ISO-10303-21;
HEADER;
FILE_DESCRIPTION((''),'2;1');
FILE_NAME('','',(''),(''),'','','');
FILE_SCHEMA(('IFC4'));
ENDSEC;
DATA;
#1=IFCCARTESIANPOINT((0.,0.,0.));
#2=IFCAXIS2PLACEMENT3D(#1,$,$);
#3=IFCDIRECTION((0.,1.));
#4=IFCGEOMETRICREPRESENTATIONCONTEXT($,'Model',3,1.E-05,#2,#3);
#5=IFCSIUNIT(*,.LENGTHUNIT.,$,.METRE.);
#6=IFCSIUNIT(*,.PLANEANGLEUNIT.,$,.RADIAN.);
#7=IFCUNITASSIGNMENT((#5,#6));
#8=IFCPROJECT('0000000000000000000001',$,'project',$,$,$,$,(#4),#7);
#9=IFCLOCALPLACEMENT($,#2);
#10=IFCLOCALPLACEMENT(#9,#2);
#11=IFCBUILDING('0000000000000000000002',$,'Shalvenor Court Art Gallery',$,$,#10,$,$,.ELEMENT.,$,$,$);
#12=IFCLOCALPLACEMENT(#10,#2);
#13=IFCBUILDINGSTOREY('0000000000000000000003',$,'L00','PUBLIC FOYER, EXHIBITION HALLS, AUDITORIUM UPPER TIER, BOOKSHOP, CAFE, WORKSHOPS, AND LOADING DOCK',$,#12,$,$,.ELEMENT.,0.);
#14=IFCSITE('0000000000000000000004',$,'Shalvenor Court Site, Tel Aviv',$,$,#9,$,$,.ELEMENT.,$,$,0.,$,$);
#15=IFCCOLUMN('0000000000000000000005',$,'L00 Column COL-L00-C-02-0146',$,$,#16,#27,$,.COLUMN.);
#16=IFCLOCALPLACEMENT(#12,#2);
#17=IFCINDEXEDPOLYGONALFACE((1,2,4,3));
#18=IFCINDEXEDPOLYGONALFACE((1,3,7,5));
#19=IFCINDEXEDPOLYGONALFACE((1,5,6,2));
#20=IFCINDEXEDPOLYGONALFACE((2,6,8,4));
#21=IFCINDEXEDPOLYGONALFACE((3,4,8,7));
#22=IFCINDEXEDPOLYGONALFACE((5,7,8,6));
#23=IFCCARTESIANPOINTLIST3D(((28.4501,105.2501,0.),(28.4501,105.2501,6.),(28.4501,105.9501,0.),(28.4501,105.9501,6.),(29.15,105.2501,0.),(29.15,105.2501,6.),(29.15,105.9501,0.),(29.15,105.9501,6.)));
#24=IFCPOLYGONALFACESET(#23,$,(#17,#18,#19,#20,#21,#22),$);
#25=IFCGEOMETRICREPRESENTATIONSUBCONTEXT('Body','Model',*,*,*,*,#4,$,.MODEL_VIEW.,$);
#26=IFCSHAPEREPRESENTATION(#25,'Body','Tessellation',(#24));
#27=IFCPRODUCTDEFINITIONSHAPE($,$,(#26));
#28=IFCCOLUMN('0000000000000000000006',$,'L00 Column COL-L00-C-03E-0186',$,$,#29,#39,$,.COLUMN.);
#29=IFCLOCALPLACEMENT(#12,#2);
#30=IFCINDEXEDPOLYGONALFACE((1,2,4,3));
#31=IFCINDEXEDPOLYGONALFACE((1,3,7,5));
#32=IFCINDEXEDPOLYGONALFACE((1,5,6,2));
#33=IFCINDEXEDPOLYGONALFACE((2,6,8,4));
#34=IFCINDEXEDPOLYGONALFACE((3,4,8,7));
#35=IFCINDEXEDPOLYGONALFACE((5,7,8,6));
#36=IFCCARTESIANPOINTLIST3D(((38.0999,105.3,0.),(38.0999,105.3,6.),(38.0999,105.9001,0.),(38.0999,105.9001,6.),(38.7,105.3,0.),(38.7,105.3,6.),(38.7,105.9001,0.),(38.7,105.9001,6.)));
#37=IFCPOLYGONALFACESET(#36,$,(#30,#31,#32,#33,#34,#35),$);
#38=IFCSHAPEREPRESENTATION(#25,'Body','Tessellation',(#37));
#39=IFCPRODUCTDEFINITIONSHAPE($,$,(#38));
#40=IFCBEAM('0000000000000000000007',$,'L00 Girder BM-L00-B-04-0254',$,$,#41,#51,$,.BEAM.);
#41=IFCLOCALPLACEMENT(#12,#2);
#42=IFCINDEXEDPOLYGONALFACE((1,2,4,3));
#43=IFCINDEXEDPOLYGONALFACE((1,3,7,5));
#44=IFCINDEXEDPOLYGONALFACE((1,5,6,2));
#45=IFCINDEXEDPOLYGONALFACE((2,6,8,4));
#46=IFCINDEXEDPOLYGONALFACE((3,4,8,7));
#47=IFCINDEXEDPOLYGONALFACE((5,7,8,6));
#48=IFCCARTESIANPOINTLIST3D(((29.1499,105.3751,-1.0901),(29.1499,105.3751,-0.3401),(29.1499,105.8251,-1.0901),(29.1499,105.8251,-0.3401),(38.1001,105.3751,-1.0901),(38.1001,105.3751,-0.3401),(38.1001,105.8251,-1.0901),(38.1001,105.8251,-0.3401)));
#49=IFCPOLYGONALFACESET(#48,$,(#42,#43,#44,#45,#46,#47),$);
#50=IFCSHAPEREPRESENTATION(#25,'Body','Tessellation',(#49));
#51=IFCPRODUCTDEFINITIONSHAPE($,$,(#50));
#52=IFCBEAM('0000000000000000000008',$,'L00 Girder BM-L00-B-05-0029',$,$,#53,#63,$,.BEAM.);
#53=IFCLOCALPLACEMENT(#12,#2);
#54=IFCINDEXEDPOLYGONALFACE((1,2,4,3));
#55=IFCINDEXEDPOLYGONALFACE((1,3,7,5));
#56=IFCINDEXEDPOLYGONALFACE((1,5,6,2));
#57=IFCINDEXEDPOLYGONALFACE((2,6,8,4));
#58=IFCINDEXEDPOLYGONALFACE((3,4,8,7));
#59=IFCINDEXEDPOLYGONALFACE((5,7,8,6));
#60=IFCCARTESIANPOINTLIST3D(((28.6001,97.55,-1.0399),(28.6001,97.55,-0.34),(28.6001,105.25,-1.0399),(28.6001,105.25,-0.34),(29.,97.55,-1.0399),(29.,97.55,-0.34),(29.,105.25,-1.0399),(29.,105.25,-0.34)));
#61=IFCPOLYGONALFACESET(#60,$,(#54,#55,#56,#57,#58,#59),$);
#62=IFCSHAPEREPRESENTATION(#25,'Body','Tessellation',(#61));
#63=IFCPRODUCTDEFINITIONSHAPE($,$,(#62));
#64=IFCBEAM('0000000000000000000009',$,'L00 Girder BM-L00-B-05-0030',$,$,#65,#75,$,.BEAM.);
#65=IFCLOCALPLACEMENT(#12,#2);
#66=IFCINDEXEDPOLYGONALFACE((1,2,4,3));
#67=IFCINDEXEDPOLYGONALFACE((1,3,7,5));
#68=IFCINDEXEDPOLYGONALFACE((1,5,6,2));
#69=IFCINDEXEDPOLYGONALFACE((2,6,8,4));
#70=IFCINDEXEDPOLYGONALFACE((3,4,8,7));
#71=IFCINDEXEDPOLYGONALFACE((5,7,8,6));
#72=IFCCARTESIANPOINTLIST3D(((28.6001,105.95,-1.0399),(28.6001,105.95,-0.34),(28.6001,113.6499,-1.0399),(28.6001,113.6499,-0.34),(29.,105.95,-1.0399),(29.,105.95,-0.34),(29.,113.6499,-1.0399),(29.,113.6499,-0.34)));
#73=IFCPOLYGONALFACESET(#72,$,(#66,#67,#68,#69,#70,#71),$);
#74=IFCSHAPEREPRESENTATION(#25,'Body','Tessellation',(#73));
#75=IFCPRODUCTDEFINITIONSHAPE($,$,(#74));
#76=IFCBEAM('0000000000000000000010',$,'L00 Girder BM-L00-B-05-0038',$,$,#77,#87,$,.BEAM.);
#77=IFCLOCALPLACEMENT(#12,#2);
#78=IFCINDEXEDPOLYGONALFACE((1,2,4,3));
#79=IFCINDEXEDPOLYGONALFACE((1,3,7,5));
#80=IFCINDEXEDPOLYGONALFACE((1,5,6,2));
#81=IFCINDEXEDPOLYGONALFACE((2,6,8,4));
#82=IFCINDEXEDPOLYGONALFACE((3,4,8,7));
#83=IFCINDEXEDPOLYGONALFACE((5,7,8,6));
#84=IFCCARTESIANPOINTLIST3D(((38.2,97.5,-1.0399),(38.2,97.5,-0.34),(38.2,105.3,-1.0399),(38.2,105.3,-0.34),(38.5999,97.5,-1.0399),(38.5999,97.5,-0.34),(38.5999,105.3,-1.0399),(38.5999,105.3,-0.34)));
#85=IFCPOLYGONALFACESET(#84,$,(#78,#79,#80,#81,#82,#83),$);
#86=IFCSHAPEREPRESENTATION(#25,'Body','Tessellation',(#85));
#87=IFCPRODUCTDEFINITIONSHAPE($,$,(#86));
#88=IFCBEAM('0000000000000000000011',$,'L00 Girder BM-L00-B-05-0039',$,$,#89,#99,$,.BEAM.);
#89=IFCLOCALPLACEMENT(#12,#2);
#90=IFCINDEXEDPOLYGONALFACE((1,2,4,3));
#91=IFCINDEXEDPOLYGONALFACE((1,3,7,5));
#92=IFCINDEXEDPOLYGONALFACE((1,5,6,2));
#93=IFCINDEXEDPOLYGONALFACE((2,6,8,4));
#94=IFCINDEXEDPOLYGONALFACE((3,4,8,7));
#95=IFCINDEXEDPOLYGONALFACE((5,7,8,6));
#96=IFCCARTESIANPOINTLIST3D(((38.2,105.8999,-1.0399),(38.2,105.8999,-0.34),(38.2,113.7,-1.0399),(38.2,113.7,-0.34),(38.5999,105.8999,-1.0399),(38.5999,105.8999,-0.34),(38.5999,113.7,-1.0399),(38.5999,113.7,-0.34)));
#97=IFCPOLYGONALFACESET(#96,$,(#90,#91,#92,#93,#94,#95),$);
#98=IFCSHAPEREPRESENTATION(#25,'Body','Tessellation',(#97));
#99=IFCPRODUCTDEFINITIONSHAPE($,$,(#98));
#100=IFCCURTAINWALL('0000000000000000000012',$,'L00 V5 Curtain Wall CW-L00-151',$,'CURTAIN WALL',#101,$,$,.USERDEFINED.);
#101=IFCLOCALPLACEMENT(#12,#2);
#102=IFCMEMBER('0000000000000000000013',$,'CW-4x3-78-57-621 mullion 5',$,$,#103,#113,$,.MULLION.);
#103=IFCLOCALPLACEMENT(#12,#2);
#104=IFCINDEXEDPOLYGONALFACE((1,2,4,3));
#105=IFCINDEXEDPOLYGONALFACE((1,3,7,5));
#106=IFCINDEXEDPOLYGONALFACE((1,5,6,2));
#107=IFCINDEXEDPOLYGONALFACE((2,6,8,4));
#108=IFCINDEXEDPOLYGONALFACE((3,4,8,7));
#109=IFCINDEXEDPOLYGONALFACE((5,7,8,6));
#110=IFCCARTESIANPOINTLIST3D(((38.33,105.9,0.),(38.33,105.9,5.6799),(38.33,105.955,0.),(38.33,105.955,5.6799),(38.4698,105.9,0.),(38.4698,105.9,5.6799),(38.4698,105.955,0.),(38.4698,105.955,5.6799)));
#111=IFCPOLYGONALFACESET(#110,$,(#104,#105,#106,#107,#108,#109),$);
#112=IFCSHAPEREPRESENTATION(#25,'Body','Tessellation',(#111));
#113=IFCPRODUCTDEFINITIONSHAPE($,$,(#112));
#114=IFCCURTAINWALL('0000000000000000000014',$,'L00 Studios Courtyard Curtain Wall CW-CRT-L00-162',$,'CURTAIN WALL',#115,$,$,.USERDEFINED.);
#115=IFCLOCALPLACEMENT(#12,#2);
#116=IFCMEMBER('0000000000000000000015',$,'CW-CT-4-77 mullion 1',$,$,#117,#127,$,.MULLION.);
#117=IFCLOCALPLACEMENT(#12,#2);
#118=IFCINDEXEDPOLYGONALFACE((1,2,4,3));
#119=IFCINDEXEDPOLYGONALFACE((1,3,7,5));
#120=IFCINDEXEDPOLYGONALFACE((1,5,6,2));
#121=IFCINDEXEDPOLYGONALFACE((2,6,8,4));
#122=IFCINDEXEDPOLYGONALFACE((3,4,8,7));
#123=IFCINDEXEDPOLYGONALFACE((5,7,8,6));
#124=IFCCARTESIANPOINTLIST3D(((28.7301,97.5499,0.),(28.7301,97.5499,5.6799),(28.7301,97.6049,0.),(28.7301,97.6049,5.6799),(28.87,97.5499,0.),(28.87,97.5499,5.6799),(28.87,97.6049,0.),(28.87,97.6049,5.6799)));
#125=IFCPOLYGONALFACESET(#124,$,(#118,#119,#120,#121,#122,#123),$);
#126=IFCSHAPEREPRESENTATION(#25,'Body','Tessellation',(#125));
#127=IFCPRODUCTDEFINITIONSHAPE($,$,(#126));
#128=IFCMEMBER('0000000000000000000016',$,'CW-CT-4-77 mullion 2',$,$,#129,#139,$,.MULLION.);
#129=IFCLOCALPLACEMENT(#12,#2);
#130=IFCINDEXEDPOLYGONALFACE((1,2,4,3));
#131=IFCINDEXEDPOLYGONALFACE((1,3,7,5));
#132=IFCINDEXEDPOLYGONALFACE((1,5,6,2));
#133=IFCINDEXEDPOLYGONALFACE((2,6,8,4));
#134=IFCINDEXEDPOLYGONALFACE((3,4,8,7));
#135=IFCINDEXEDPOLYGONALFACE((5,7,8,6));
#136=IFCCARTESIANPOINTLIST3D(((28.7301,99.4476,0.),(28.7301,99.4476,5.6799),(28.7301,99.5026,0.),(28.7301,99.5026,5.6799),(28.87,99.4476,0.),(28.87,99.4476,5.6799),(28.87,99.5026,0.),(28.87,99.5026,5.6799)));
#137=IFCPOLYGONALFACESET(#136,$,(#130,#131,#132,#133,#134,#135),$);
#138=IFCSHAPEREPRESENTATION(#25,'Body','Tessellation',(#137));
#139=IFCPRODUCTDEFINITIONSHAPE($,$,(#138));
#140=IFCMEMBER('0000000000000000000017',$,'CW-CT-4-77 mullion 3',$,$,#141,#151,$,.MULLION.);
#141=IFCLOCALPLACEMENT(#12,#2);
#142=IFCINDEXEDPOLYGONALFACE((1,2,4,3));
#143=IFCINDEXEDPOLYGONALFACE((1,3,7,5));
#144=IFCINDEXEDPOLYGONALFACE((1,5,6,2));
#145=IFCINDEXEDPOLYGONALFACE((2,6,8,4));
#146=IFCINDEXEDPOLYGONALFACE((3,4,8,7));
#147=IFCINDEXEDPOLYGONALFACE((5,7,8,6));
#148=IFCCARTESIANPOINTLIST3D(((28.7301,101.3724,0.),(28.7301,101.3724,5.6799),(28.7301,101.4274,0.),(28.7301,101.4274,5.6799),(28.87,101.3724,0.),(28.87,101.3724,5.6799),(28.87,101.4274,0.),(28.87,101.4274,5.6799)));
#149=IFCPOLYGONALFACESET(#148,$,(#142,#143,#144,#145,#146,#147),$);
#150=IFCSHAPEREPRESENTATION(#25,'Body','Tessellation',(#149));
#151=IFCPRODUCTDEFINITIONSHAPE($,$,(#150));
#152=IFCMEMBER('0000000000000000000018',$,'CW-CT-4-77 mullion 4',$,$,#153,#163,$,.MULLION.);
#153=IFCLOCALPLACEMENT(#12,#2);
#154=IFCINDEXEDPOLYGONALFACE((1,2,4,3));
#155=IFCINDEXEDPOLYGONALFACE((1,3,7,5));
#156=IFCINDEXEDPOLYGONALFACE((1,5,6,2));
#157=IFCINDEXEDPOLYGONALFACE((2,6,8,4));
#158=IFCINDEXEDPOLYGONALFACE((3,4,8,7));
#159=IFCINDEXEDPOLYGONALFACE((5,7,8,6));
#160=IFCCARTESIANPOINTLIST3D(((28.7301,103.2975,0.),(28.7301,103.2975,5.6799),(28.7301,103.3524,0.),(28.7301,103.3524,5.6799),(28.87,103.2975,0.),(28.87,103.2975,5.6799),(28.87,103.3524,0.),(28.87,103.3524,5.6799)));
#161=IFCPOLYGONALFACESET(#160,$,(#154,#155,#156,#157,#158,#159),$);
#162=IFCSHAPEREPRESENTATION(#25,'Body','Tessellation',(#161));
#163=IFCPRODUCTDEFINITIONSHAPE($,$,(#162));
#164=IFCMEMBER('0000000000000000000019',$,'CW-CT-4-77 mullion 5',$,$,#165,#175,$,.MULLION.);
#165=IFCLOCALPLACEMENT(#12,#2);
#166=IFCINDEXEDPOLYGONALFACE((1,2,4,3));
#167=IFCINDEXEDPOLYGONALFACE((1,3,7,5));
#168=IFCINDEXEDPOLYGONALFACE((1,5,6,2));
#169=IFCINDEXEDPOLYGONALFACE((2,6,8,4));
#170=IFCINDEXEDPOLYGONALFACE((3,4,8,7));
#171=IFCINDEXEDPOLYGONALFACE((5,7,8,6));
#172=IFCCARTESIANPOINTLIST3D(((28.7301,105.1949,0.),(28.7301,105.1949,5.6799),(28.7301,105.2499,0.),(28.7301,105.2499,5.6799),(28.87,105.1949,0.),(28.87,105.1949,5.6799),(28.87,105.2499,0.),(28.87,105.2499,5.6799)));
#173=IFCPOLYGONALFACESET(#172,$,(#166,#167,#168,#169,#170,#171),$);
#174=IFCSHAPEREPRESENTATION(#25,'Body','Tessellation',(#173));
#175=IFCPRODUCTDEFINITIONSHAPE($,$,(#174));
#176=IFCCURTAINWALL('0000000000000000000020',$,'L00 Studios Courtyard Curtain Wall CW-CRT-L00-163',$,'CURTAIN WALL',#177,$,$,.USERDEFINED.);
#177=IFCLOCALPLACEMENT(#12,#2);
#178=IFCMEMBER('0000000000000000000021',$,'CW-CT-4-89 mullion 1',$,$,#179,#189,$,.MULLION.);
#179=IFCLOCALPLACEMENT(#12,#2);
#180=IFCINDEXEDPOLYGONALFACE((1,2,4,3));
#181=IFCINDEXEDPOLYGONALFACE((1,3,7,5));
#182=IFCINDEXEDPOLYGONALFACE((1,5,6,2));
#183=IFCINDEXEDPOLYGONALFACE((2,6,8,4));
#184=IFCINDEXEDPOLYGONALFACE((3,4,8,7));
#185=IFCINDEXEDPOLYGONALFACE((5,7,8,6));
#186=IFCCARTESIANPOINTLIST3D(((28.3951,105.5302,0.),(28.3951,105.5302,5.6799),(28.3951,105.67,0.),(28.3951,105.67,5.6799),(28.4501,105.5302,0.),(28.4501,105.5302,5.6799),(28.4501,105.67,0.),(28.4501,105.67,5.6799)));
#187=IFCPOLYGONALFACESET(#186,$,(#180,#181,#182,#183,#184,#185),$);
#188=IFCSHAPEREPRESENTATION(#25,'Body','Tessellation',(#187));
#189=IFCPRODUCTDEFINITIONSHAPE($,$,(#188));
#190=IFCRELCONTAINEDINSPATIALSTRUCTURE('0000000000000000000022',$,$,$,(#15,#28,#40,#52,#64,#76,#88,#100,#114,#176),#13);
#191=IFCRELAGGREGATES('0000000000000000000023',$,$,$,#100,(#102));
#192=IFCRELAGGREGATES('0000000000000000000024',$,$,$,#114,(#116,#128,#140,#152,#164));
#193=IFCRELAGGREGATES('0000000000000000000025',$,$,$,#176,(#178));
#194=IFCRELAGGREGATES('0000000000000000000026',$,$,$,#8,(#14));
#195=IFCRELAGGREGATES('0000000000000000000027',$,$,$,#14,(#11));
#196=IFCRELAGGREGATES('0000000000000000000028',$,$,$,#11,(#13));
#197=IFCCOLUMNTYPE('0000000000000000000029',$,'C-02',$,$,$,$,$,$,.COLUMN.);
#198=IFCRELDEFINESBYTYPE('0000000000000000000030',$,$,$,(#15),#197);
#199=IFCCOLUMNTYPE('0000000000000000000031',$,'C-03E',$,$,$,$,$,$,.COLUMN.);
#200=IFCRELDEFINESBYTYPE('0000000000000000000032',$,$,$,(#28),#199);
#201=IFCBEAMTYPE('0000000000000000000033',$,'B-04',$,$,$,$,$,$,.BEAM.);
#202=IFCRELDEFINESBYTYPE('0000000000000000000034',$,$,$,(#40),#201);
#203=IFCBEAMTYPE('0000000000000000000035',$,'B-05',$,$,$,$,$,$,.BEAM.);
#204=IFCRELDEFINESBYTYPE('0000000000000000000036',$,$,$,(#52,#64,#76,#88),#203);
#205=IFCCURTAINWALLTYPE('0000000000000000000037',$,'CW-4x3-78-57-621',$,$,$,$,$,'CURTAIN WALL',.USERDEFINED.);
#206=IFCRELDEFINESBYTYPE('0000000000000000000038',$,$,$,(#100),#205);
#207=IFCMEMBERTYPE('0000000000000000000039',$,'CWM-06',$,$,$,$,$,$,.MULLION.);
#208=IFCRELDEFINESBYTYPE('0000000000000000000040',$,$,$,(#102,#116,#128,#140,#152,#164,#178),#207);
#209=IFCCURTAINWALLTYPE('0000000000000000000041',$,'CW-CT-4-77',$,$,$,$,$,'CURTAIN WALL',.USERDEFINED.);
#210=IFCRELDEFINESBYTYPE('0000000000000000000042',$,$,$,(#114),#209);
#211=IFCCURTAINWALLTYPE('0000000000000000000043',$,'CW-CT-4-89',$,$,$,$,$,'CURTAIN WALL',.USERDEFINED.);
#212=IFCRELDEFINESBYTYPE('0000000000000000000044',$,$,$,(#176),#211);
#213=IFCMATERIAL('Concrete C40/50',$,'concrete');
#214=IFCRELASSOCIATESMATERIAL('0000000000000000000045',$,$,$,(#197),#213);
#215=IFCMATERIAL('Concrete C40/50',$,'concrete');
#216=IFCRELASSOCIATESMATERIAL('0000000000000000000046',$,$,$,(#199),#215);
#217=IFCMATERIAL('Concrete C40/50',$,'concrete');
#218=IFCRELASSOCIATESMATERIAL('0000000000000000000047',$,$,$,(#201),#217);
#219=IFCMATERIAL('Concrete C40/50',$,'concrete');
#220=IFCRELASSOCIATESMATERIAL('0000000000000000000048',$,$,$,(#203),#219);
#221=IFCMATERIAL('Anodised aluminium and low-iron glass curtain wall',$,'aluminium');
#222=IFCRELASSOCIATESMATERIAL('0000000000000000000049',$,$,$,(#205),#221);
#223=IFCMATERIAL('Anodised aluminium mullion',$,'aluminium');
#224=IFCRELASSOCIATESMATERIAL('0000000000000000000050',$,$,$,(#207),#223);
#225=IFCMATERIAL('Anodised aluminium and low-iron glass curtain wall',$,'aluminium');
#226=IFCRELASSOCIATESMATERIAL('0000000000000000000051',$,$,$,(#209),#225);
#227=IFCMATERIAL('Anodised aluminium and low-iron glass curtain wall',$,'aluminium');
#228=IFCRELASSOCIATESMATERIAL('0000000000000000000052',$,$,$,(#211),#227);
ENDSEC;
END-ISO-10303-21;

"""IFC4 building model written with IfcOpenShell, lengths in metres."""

from ifc_helpers import new_model, si_unit, direction, frame, origin, origin_2d, place, context, subcontext, project, spatial, rectangle, extrude, material, material_profile, profile_set, type_object, element, aggregate, save


model = new_model("IFC4")

# Units and contexts
model_context = context("Model", 3, precision=1e-05, world=origin(), true_north=direction((0.0, 1.0)))
body_context = subcontext(model_context, "Body", "Model", "MODEL_VIEW")
ifc_project = project(units=[si_unit("LENGTHUNIT", "METRE"), si_unit("PLANEANGLEUNIT", "RADIAN")], contexts=[model_context])

# Site, building, storey
site_placement = place(None, origin())
site = spatial("IfcSite", under=ifc_project, at=site_placement, Name="Shalvenor Court Site, Tel Aviv", CompositionType="ELEMENT", RefElevation=0.0)
building_placement = place(site_placement, origin())
building = spatial("IfcBuilding", under=site, at=building_placement, Name="Shalvenor Court Art Gallery", CompositionType="ELEMENT")
storey_placement = place(building_placement, origin())
storey = spatial("IfcBuildingStorey", under=building, at=storey_placement, Name="L00", Description="PUBLIC FOYER, EXHIBITION HALLS, AUDITORIUM UPPER TIER, BOOKSHOP, CAFE, WORKSHOPS, AND LOADING DOCK", CompositionType="ELEMENT", Elevation=0.0)

# Columns
ifc_material_1 = material(Name="Concrete C40/50", Category="concrete")
ifc_material_profile_1 = material_profile(ifc_material_1, rectangle(XDim=0.7, YDim=0.7, at=origin_2d()), Name="RC 700x700")
ifc_profile_set_1 = profile_set([ifc_material_profile_1], Name="Concrete C40/50")
column_type_1 = type_object("IfcColumnType", Name="C-02", PredefinedType="COLUMN", material=ifc_profile_set_1)
column_1_placement = place(storey_placement, frame((28.8, 105.6001, 0.0), z_axis=(0.0, 0.0, 1.0), x_axis=(1.0, 0.0, 0.0)))
element("IfcColumn", 1, at=column_1_placement, inside=storey, type_object=column_type_1, Name="L00 Column COL-L00-C-02-0146", PredefinedType="COLUMN", context=body_context, shape_type="SweptSolid", body=[
    extrude(rectangle(XDim=0.7, YDim=0.7, at=origin_2d()), origin(), (0.0, 0.0, 1.0), 6.0),
])
ifc_material_2 = material(Name="Concrete C40/50", Category="concrete")
ifc_material_profile_2 = material_profile(ifc_material_2, rectangle(XDim=0.6001, YDim=0.6001, at=origin_2d()), Name="RC 600x600")
ifc_profile_set_2 = profile_set([ifc_material_profile_2], Name="Concrete C40/50")
column_type_2 = type_object("IfcColumnType", Name="C-03E", PredefinedType="COLUMN", material=ifc_profile_set_2)
column_2_placement = place(storey_placement, frame((38.3999, 105.6001, 0.0), z_axis=(0.0, 0.0, 1.0), x_axis=(1.0, 0.0, 0.0)))
element("IfcColumn", 2, at=column_2_placement, inside=storey, type_object=column_type_2, Name="L00 Column COL-L00-C-03E-0186", PredefinedType="COLUMN", context=body_context, shape_type="SweptSolid", body=[
    extrude(rectangle(XDim=0.6001, YDim=0.6001, at=origin_2d()), origin(), (0.0, 0.0, 1.0), 6.0),
])

# Beams
ifc_material_3 = material(Name="Concrete C40/50", Category="concrete")
ifc_material_profile_3 = material_profile(ifc_material_3, rectangle(XDim=0.45, YDim=0.75, at=origin_2d()), Name="RC 450x750")
ifc_profile_set_3 = profile_set([ifc_material_profile_3], Name="Concrete C40/50")
beam_type_1 = type_object("IfcBeamType", Name="B-04", PredefinedType="BEAM", material=ifc_profile_set_3)
beam_1_placement = place(storey_placement, frame((29.1499, 105.6001, -0.7151), z_axis=(1.0, 0.0, 0.0), x_axis=(0.0, 1.0, 0.0)))
element("IfcBeam", 3, at=beam_1_placement, inside=storey, type_object=beam_type_1, Name="L00 Girder BM-L00-B-04-0254", PredefinedType="BEAM", context=body_context, shape_type="SweptSolid", body=[
    extrude(rectangle(XDim=0.45, YDim=0.75, at=origin_2d()), origin(), (0.0, 0.0, 1.0), 8.9502),
])
ifc_material_4 = material(Name="Concrete C40/50", Category="concrete")
ifc_material_profile_4 = material_profile(ifc_material_4, rectangle(XDim=0.3999, YDim=0.7, at=origin_2d()), Name="RC 400x700")
ifc_profile_set_4 = profile_set([ifc_material_profile_4], Name="Concrete C40/50")
beam_type_2 = type_object("IfcBeamType", Name="B-05", PredefinedType="BEAM", material=ifc_profile_set_4)
for number, where, z_axis, x_axis, name in (
    (4, (28.8, 97.55, -0.6899), (0.0, 1.0, 0.0), (-1.0, 0.0, 0.0), "L00 Girder BM-L00-B-05-0029"),
    (5, (28.8, 105.95, -0.6899), (0.0, 1.0, 0.0), (-1.0, 0.0, 0.0), "L00 Girder BM-L00-B-05-0030"),
):
    element("IfcBeam", number, at=place(storey_placement, frame(where, z_axis=z_axis, x_axis=x_axis)), inside=storey, type_object=beam_type_2, Name=name, PredefinedType="BEAM", context=body_context, shape_type="SweptSolid", body=[
        extrude(rectangle(XDim=0.3999, YDim=0.7, at=origin_2d()), origin(), (0.0, 0.0, 1.0), 7.7),
    ])
for number, where, z_axis, x_axis, name in (
    (6, (38.3999, 97.5, -0.6899), (0.0, 1.0, 0.0), (-1.0, 0.0, 0.0), "L00 Girder BM-L00-B-05-0038"),
    (7, (38.3999, 105.8999, -0.6899), (0.0, 1.0, 0.0), (-1.0, 0.0, 0.0), "L00 Girder BM-L00-B-05-0039"),
):
    element("IfcBeam", number, at=place(storey_placement, frame(where, z_axis=z_axis, x_axis=x_axis)), inside=storey, type_object=beam_type_2, Name=name, PredefinedType="BEAM", context=body_context, shape_type="SweptSolid", body=[
        extrude(rectangle(XDim=0.3999, YDim=0.7, at=origin_2d()), origin(), (0.0, 0.0, 1.0), 7.8),
    ])

# Curtain wall, member
ifc_material_5 = material(Name="Anodised aluminium and low-iron glass curtain wall", Category="aluminium")
curtain_wall_type_1 = type_object("IfcCurtainWallType", Name="CW-4x3-78-57-621", ElementType="CURTAIN WALL", PredefinedType="USERDEFINED", material=ifc_material_5)
curtain_wall_1_placement = place(storey_placement, origin())
curtain_wall_1 = element("IfcCurtainWall", 8, at=curtain_wall_1_placement, inside=storey, type_object=curtain_wall_type_1, Name="L00 V5 Curtain Wall CW-L00-151", ObjectType="CURTAIN WALL", PredefinedType="USERDEFINED")
ifc_material_6 = material(Name="Anodised aluminium mullion", Category="aluminium")
ifc_material_profile_5 = material_profile(ifc_material_6, rectangle(XDim=0.0549, YDim=0.1399, at=origin_2d()), Name="CWM-06")
ifc_profile_set_5 = profile_set([ifc_material_profile_5], Name="Anodised aluminium mullion")
member_type_1 = type_object("IfcMemberType", Name="CWM-06", PredefinedType="MULLION", material=ifc_profile_set_5)
member_1_placement = place(storey_placement, frame((38.3999, 105.9275, 0.0), z_axis=(0.0, 0.0, 1.0), x_axis=(0.0, -1.0, 0.0)))
member_1 = element("IfcMember", 9, at=member_1_placement, type_object=member_type_1, Name="CW-4x3-78-57-621 mullion 5", PredefinedType="MULLION", context=body_context, shape_type="SweptSolid", body=[
    extrude(rectangle(XDim=0.0549, YDim=0.1399, at=origin_2d()), origin(), (0.0, 0.0, 1.0), 5.6799),
])

# Curtain wall, members
ifc_material_7 = material(Name="Anodised aluminium and low-iron glass curtain wall", Category="aluminium")
curtain_wall_type_2 = type_object("IfcCurtainWallType", Name="CW-CT-4-77", ElementType="CURTAIN WALL", PredefinedType="USERDEFINED", material=ifc_material_7)
curtain_wall_2_placement = place(storey_placement, origin())
curtain_wall_2 = element("IfcCurtainWall", 10, at=curtain_wall_2_placement, inside=storey, type_object=curtain_wall_type_2, Name="L00 Studios Courtyard Curtain Wall CW-CRT-L00-162", ObjectType="CURTAIN WALL", PredefinedType="USERDEFINED")
member_2_placement = place(storey_placement, frame((28.8, 97.5774, 0.0), z_axis=(0.0, 0.0, 1.0), x_axis=(0.0, 1.0, 0.0)))
member_2 = element("IfcMember", 11, at=member_2_placement, type_object=member_type_1, Name="CW-CT-4-77 mullion 1", PredefinedType="MULLION", context=body_context, shape_type="SweptSolid", body=[
    extrude(rectangle(XDim=0.0549, YDim=0.1399, at=origin_2d()), origin(), (0.0, 0.0, 1.0), 5.6799),
])
member_3_placement = place(storey_placement, frame((28.8, 99.4751, 0.0), z_axis=(0.0, 0.0, 1.0), x_axis=(0.0, 1.0, 0.0)))
member_3 = element("IfcMember", 12, at=member_3_placement, type_object=member_type_1, Name="CW-CT-4-77 mullion 2", PredefinedType="MULLION", context=body_context, shape_type="SweptSolid", body=[
    extrude(rectangle(XDim=0.0549, YDim=0.1399, at=origin_2d()), origin(), (0.0, 0.0, 1.0), 5.6799),
])
member_4_placement = place(storey_placement, frame((28.8, 101.3999, 0.0), z_axis=(0.0, 0.0, 1.0), x_axis=(0.0, 1.0, 0.0)))
member_4 = element("IfcMember", 13, at=member_4_placement, type_object=member_type_1, Name="CW-CT-4-77 mullion 3", PredefinedType="MULLION", context=body_context, shape_type="SweptSolid", body=[
    extrude(rectangle(XDim=0.0549, YDim=0.1399, at=origin_2d()), origin(), (0.0, 0.0, 1.0), 5.6799),
])
member_5_placement = place(storey_placement, frame((28.8, 103.325, 0.0), z_axis=(0.0, 0.0, 1.0), x_axis=(0.0, 1.0, 0.0)))
member_5 = element("IfcMember", 14, at=member_5_placement, type_object=member_type_1, Name="CW-CT-4-77 mullion 4", PredefinedType="MULLION", context=body_context, shape_type="SweptSolid", body=[
    extrude(rectangle(XDim=0.0549, YDim=0.1399, at=origin_2d()), origin(), (0.0, 0.0, 1.0), 5.6799),
])
member_6_placement = place(storey_placement, frame((28.8, 105.2224, 0.0), z_axis=(0.0, 0.0, 1.0), x_axis=(0.0, 1.0, 0.0)))
member_6 = element("IfcMember", 15, at=member_6_placement, type_object=member_type_1, Name="CW-CT-4-77 mullion 5", PredefinedType="MULLION", context=body_context, shape_type="SweptSolid", body=[
    extrude(rectangle(XDim=0.0549, YDim=0.1399, at=origin_2d()), origin(), (0.0, 0.0, 1.0), 5.6799),
])

# Curtain wall, member
ifc_material_8 = material(Name="Anodised aluminium and low-iron glass curtain wall", Category="aluminium")
curtain_wall_type_3 = type_object("IfcCurtainWallType", Name="CW-CT-4-89", ElementType="CURTAIN WALL", PredefinedType="USERDEFINED", material=ifc_material_8)
curtain_wall_3_placement = place(storey_placement, origin())
curtain_wall_3 = element("IfcCurtainWall", 16, at=curtain_wall_3_placement, inside=storey, type_object=curtain_wall_type_3, Name="L00 Studios Courtyard Curtain Wall CW-CRT-L00-163", ObjectType="CURTAIN WALL", PredefinedType="USERDEFINED")
member_7_placement = place(storey_placement, frame((28.4226, 105.6001, 0.0), z_axis=(0.0, 0.0, 1.0), x_axis=(-1.0, 0.0, 0.0)))
member_7 = element("IfcMember", 17, at=member_7_placement, type_object=member_type_1, Name="CW-CT-4-89 mullion 1", PredefinedType="MULLION", context=body_context, shape_type="SweptSolid", body=[
    extrude(rectangle(XDim=0.0549, YDim=0.1399, at=origin_2d()), origin(), (0.0, 0.0, 1.0), 5.6799),
])

aggregate(curtain_wall_1, [member_1])
aggregate(curtain_wall_2, [member_2, member_3, member_4, member_5, member_6])
aggregate(curtain_wall_3, [member_7])

save(model, "model.ifc")
